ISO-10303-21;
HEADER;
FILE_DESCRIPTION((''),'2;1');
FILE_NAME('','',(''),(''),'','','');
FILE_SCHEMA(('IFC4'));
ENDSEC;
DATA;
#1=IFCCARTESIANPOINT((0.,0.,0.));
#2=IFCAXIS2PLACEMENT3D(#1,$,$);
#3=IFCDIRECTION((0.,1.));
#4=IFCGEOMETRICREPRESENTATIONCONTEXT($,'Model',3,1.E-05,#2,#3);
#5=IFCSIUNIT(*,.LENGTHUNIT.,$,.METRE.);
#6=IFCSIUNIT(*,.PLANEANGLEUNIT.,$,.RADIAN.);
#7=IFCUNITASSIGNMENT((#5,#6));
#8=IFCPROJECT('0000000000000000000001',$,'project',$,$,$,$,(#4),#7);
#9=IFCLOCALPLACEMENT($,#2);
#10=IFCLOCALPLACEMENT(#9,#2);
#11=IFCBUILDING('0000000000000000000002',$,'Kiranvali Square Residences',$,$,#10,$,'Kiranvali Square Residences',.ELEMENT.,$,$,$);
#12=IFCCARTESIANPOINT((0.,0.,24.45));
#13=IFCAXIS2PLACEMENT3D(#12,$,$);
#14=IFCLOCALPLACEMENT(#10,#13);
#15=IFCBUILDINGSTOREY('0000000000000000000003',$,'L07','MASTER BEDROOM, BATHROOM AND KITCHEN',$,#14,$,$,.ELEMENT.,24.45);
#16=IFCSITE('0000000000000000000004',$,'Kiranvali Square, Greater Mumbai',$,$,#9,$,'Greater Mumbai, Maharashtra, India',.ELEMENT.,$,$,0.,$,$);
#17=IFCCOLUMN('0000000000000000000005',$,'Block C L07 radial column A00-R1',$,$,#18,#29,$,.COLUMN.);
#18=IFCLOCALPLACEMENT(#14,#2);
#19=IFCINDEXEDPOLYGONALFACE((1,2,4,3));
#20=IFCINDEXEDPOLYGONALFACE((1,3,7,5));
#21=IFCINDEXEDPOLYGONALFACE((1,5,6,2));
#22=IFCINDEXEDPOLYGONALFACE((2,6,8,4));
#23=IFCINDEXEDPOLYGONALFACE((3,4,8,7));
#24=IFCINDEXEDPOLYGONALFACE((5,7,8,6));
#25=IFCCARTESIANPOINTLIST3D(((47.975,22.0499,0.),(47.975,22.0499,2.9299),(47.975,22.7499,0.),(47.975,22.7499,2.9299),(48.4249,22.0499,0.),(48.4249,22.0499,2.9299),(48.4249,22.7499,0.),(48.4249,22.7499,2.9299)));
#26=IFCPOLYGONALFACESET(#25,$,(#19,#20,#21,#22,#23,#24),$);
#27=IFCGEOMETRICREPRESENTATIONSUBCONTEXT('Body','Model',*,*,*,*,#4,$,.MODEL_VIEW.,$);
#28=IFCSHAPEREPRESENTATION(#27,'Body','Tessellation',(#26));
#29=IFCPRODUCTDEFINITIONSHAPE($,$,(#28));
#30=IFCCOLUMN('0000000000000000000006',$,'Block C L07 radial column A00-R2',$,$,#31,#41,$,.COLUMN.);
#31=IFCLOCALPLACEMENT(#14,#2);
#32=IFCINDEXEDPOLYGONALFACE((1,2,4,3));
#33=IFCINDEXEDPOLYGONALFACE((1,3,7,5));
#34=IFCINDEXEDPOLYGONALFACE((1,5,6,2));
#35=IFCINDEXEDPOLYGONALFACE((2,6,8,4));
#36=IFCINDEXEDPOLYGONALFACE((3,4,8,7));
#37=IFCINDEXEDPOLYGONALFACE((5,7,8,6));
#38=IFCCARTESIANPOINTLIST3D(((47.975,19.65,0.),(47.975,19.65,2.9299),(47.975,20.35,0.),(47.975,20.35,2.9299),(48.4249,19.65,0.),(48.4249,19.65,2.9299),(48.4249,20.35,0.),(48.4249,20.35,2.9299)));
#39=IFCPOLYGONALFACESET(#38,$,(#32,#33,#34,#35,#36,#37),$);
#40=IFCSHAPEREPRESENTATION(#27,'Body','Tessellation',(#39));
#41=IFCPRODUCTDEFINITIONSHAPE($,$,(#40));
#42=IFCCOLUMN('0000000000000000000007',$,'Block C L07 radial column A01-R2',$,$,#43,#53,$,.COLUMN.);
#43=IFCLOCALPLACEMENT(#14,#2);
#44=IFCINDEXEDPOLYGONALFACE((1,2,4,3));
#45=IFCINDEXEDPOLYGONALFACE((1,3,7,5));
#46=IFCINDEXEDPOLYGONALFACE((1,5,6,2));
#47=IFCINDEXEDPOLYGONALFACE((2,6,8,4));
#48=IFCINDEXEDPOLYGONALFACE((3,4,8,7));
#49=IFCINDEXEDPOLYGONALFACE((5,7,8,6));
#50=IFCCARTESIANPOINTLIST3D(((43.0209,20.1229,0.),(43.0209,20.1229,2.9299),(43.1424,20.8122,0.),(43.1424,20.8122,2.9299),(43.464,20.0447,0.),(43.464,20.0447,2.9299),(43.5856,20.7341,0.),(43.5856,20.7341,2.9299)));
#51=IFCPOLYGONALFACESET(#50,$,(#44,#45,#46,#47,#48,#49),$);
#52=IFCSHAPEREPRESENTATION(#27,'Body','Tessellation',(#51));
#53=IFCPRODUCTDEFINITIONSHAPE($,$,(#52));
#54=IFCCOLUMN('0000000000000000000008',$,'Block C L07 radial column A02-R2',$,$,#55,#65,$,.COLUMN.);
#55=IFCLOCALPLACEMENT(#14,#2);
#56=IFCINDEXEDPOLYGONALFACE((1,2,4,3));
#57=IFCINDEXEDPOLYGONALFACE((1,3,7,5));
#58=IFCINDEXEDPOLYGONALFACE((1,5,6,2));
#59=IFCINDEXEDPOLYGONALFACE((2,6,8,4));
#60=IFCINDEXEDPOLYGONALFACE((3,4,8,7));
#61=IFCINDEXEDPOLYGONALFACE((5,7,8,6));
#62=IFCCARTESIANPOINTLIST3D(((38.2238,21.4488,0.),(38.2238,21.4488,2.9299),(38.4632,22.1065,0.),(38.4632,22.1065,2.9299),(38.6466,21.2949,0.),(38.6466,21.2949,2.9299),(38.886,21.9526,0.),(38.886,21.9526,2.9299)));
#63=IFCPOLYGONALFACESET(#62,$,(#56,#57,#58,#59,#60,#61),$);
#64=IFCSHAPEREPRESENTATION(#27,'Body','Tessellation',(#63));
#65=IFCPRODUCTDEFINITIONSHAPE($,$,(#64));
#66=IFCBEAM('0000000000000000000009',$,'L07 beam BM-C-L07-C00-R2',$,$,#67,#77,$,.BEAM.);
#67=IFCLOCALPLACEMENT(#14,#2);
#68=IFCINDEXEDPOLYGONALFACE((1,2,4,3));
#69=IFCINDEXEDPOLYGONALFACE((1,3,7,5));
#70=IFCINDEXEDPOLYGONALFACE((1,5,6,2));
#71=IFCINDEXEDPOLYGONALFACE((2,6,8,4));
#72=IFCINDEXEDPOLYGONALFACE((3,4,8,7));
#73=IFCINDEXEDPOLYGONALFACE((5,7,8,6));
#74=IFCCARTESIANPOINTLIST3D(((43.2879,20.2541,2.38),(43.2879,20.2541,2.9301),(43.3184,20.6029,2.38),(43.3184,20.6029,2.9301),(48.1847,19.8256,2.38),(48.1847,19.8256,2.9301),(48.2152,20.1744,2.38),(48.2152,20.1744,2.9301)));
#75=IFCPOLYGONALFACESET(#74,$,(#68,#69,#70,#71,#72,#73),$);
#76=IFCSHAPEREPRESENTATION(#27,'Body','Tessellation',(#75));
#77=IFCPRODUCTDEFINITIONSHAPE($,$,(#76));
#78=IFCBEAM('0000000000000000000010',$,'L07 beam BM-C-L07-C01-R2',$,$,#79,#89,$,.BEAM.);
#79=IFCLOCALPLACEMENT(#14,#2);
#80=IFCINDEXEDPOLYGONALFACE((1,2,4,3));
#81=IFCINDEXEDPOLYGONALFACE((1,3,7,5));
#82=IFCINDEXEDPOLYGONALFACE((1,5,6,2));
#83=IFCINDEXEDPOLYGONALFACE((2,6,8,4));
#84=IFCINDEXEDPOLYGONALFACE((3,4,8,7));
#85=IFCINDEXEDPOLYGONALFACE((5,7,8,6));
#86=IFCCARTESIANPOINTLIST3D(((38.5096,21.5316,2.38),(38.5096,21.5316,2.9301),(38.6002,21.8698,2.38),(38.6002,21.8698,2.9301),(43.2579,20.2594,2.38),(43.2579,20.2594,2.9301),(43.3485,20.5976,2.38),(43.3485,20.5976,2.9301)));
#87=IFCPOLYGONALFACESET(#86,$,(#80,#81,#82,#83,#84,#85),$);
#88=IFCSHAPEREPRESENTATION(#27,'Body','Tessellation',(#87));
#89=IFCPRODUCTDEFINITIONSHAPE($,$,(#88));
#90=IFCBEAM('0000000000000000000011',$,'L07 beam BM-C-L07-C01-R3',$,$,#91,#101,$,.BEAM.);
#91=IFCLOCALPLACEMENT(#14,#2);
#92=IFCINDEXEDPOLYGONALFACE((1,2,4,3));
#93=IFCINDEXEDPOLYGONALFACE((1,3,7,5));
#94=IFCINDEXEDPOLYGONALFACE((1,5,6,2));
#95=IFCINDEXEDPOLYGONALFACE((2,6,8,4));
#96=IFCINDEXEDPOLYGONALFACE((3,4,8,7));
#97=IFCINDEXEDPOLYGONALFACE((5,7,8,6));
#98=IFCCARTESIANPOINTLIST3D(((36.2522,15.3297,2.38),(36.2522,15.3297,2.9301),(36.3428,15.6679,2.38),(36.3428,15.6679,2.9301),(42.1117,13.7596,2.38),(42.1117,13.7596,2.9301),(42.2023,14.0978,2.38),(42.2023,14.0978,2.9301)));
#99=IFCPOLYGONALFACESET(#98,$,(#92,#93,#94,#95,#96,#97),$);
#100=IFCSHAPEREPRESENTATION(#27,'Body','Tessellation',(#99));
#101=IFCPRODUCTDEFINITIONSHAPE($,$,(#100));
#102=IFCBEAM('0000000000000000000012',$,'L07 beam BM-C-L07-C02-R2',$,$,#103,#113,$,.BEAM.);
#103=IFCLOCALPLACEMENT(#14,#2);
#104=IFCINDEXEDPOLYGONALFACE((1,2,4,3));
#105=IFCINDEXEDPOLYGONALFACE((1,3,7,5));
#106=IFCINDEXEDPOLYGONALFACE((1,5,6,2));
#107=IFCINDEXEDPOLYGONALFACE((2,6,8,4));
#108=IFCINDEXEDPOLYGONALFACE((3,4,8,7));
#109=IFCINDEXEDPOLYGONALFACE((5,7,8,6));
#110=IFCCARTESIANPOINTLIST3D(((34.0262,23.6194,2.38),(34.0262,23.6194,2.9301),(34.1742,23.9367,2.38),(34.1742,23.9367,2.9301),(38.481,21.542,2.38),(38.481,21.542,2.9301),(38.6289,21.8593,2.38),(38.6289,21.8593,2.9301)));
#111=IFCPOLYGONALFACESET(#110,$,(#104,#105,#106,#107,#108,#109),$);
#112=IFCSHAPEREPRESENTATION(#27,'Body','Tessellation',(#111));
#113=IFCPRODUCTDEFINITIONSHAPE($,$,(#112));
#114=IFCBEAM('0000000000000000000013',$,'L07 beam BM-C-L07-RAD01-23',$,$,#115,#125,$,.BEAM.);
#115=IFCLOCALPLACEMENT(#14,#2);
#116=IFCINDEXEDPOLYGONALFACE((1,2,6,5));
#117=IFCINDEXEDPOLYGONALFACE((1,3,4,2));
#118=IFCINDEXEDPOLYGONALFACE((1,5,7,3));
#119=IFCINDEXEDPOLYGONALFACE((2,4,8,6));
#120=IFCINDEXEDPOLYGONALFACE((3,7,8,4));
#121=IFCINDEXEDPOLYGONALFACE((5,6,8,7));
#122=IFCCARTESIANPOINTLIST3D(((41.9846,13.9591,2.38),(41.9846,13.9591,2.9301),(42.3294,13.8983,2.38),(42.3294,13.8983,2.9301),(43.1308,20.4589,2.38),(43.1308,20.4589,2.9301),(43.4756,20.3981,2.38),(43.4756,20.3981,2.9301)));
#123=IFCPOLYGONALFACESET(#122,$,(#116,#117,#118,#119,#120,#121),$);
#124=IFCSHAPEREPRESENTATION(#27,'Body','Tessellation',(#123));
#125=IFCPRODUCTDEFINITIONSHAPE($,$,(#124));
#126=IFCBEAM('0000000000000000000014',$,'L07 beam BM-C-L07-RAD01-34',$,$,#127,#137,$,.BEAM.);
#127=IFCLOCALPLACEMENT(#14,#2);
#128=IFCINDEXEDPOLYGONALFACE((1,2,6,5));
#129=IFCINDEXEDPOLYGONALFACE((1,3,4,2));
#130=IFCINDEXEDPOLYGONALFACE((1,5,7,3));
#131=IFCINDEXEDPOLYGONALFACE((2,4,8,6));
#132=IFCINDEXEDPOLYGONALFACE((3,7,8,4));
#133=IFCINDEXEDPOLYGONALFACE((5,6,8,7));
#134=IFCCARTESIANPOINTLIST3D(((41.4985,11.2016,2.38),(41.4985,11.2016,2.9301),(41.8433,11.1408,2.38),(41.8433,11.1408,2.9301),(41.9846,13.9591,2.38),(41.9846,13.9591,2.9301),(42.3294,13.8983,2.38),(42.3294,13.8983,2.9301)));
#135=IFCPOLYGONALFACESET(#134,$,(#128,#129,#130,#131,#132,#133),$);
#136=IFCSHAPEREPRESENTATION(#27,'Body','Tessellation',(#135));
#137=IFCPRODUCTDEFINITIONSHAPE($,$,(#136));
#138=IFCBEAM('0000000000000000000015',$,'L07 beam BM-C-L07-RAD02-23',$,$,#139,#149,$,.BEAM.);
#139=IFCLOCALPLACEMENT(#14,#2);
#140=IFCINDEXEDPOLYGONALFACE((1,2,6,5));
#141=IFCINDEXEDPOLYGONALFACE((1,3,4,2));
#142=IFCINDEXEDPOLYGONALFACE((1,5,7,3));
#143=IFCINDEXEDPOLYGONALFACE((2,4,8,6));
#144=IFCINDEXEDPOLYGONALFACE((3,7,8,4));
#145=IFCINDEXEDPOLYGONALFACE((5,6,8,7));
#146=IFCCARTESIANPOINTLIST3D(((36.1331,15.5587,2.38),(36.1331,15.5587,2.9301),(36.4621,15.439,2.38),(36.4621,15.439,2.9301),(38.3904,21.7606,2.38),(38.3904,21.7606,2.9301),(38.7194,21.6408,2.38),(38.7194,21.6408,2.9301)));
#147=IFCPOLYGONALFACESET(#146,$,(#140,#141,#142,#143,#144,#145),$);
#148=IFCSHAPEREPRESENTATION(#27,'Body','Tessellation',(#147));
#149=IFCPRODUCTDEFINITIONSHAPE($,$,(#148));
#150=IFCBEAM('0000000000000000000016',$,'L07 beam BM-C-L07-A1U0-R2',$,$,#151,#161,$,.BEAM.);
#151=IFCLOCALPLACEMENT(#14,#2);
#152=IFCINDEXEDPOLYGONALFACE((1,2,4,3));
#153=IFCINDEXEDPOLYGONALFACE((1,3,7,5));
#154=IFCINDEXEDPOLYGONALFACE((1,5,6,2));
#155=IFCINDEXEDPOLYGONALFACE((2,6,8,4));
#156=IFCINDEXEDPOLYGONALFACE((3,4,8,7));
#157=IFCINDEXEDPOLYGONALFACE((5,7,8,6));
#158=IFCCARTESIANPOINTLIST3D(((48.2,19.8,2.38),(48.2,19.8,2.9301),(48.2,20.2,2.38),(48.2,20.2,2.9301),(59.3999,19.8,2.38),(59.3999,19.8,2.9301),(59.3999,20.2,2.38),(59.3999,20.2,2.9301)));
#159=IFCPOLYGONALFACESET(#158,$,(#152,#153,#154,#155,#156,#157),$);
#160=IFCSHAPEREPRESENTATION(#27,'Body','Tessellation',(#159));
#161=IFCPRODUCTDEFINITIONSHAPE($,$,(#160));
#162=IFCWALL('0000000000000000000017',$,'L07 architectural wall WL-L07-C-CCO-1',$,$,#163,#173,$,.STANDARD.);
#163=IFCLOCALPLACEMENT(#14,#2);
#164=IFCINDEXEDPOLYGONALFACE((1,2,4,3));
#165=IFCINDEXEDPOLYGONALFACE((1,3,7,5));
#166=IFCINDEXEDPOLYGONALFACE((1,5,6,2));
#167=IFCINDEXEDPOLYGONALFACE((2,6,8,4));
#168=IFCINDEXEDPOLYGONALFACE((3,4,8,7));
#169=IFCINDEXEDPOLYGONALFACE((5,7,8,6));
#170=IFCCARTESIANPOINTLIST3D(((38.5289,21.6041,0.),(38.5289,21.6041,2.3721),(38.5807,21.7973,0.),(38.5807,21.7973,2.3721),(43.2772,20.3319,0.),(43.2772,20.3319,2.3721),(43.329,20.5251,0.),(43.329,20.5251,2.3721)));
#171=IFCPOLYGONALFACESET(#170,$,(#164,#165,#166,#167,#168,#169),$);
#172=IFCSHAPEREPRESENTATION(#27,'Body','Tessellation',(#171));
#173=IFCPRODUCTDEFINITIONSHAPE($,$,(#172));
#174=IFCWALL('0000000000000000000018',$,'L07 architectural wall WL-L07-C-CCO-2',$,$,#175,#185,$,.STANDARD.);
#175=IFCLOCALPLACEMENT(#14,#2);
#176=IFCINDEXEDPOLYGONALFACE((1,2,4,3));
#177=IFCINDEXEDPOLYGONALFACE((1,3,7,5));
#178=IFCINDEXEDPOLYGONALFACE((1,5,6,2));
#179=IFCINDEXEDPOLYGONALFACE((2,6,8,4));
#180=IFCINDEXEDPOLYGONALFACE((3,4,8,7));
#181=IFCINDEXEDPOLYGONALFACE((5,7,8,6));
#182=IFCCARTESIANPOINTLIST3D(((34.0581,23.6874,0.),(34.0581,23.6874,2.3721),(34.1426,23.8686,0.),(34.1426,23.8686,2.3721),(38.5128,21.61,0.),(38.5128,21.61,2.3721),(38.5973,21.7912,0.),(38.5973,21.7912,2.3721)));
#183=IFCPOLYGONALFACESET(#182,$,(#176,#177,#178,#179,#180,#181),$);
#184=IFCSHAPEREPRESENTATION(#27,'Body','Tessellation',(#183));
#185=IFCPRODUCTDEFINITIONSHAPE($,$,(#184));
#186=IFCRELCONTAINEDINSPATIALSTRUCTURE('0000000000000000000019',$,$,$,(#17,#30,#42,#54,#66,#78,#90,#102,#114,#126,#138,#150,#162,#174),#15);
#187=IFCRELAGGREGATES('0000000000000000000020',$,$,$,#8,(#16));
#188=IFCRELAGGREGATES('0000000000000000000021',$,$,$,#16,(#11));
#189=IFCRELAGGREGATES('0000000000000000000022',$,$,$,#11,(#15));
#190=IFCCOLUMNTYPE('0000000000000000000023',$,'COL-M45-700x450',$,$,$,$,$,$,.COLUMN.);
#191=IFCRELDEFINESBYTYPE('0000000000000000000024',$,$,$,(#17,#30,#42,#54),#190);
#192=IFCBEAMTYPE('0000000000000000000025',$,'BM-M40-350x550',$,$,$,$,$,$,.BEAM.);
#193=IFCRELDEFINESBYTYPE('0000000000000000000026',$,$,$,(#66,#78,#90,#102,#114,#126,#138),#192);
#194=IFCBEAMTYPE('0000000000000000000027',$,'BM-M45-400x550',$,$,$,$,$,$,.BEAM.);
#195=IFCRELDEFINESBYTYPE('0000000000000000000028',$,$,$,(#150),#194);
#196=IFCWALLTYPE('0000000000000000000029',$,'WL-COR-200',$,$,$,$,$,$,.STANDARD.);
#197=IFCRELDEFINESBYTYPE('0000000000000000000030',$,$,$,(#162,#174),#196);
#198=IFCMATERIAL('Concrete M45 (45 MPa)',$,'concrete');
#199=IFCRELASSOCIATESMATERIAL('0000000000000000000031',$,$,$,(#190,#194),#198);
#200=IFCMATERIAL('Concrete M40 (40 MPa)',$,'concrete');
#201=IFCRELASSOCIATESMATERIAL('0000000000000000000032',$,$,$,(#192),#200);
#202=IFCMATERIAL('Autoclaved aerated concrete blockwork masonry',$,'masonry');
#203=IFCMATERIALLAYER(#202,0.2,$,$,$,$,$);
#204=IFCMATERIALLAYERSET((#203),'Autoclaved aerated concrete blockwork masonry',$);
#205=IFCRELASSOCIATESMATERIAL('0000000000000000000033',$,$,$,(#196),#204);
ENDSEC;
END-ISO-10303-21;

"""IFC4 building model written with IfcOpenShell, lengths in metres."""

from ifc_helpers import new_model, si_unit, direction, frame, frame_2d, origin, origin_2d, place, context, subcontext, project, spatial, rectangle, extrude, material, layer, layer_set, material_profile, profile_set, type_object, element, save


model = new_model("IFC4")

# Units and contexts
model_context = context("Model", 3, precision=1e-05, world=origin(), true_north=direction((0.0, 1.0)))
body_context = subcontext(model_context, "Body", "Model", "MODEL_VIEW")
ifc_project = project(units=[si_unit("LENGTHUNIT", "METRE"), si_unit("PLANEANGLEUNIT", "RADIAN")], contexts=[model_context])

# Site, building, storey
site_placement = place(None, origin())
site = spatial("IfcSite", under=ifc_project, at=site_placement, Name="Kiranvali Square, Greater Mumbai", LongName="Greater Mumbai, Maharashtra, India", CompositionType="ELEMENT", RefElevation=0.0)
building_placement = place(site_placement, origin())
building = spatial("IfcBuilding", under=site, at=building_placement, Name="Kiranvali Square Residences", LongName="Kiranvali Square Residences", CompositionType="ELEMENT")
storey_placement = place(building_placement, frame((0.0, 0.0, 24.45)))
storey = spatial("IfcBuildingStorey", under=building, at=storey_placement, Name="L07", Description="MASTER BEDROOM, BATHROOM AND KITCHEN", CompositionType="ELEMENT", Elevation=24.45)

# Columns
ifc_material_1 = material(Name="Concrete M45 (45 MPa)", Category="concrete")
ifc_material_profile_1 = material_profile(ifc_material_1, rectangle(XDim=0.45, YDim=0.7, at=origin_2d()), Name="RC 700x450")
ifc_profile_set_1 = profile_set([ifc_material_profile_1], Name="Concrete M45 (45 MPa)")
column_type = type_object("IfcColumnType", Name="COL-M45-700x450", PredefinedType="COLUMN", material=ifc_profile_set_1)
for number, where, z_axis, x_axis, name in (
    (1, (48.2, 22.3999, 0.0), (0.0, 0.0, 1.0), (1.0, 0.0, 0.0), "Block C L07 radial column A00-R1"),
    (2, (48.2, 20.0, 0.0), (0.0, 0.0, 1.0), (1.0, 0.0, 0.0), "Block C L07 radial column A00-R2"),
    (3, (43.3032, 20.4285, 0.0), (0.0, 0.0, 1.0), (-0.984808, 0.173648, 0.0), "Block C L07 radial column A01-R2"),
    (4, (38.5549, 21.7007, 0.0), (0.0, 0.0, 1.0), (-0.939693, 0.34202, 0.0), "Block C L07 radial column A02-R2"),
):
    element("IfcColumn", number, at=place(storey_placement, frame(where, z_axis=z_axis, x_axis=x_axis)), inside=storey, type_object=column_type, Name=name, PredefinedType="COLUMN", context=body_context, shape_type="SweptSolid", body=[
        extrude(rectangle(XDim=0.45, YDim=0.7, at=origin_2d()), origin(), (0.0, 0.0, 1.0), 2.9299),
    ])

# Beams
ifc_material_2 = material(Name="Concrete M40 (40 MPa)", Category="concrete")
ifc_material_profile_2 = material_profile(ifc_material_2, rectangle(XDim=0.3501, YDim=0.55, at=origin_2d()), Name="RC 350x550")
ifc_profile_set_2 = profile_set([ifc_material_profile_2], Name="Concrete M40 (40 MPa)")
beam_type_1 = type_object("IfcBeamType", Name="BM-M40-350x550", PredefinedType="BEAM", material=ifc_profile_set_2)
beam_1_placement = place(storey_placement, frame((48.2, 20.0, 2.655), z_axis=(-0.996194, 0.087168, 0.0), x_axis=(-0.087168, -0.996194, 0.0)))
element("IfcBeam", 5, at=beam_1_placement, inside=storey, type_object=beam_type_1, Name="L07 beam BM-C-L07-C00-R2", PredefinedType="BEAM", context=body_context, shape_type="SweptSolid", body=[
    extrude(rectangle(XDim=0.3501, YDim=0.55, at=origin_2d()), origin(), (0.0, 0.0, 1.0), 4.9155),
])
beam_2_placement = place(storey_placement, frame((43.3032, 20.4285, 2.655), z_axis=(-0.96593, 0.258803, 0.0), x_axis=(-0.258803, -0.96593, 0.0)))
element("IfcBeam", 6, at=beam_2_placement, inside=storey, type_object=beam_type_1, Name="L07 beam BM-C-L07-C01-R2", PredefinedType="BEAM", context=body_context, shape_type="SweptSolid", body=[
    extrude(rectangle(XDim=0.3501, YDim=0.55, at=origin_2d()), origin(), (0.0, 0.0, 1.0), 4.9158),
])
beam_3_placement = place(storey_placement, frame((42.157, 13.9287, 2.655), z_axis=(-0.965924, 0.258827, 0.0), x_axis=(-0.258827, -0.965924, 0.0)))
element("IfcBeam", 7, at=beam_3_placement, inside=storey, type_object=beam_type_1, Name="L07 beam BM-C-L07-C01-R3", PredefinedType="BEAM", context=body_context, shape_type="SweptSolid", body=[
    extrude(rectangle(XDim=0.3501, YDim=0.55, at=origin_2d()), origin(), (0.0, 0.0, 1.0), 6.0662),
])
beam_4_placement = place(storey_placement, frame((38.5549, 21.7007, 2.655), z_axis=(-0.906302, 0.42263, 0.0), x_axis=(-0.42263, -0.906302, 0.0)))
element("IfcBeam", 8, at=beam_4_placement, inside=storey, type_object=beam_type_1, Name="L07 beam BM-C-L07-C02-R2", PredefinedType="BEAM", context=body_context, shape_type="SweptSolid", body=[
    extrude(rectangle(XDim=0.3501, YDim=0.55, at=origin_2d()), origin(), (0.0, 0.0, 1.0), 4.9153),
])
beam_5_placement = place(storey_placement, frame((43.3032, 20.4285, 2.655), z_axis=(-0.173671, -0.984804, 0.0), x_axis=(0.984804, -0.173671, 0.0)))
element("IfcBeam", 9, at=beam_5_placement, inside=storey, type_object=beam_type_1, Name="L07 beam BM-C-L07-RAD01-23", PredefinedType="BEAM", context=body_context, shape_type="SweptSolid", body=[
    extrude(rectangle(XDim=0.3501, YDim=0.55, at=origin_2d()), origin(), (0.0, 0.0, 1.0), 6.6001),
])
beam_6_placement = place(storey_placement, frame((42.157, 13.9287, 2.655), z_axis=(-0.173596, -0.984817, 0.0), x_axis=(0.984817, -0.173596, 0.0)))
element("IfcBeam", 10, at=beam_6_placement, inside=storey, type_object=beam_type_1, Name="L07 beam BM-C-L07-RAD01-34", PredefinedType="BEAM", context=body_context, shape_type="SweptSolid", body=[
    extrude(rectangle(XDim=0.3501, YDim=0.55, at=origin_2d()), origin(), (0.0, 0.0, 1.0), 2.8),
])
beam_7_placement = place(storey_placement, frame((38.5549, 21.7007, 2.655), z_axis=(-0.342022, -0.939692, 0.0), x_axis=(0.939692, -0.342022, 0.0)))
element("IfcBeam", 11, at=beam_7_placement, inside=storey, type_object=beam_type_1, Name="L07 beam BM-C-L07-RAD02-23", PredefinedType="BEAM", context=body_context, shape_type="SweptSolid", body=[
    extrude(rectangle(XDim=0.3501, YDim=0.55, at=origin_2d()), origin(), (0.0, 0.0, 1.0), 6.5999),
])
ifc_material_profile_3 = material_profile(ifc_material_1, rectangle(XDim=0.3999, YDim=0.55, at=origin_2d()), Name="RC 400x550")
ifc_profile_set_3 = profile_set([ifc_material_profile_3], Name="Concrete M45 (45 MPa)")
beam_type_2 = type_object("IfcBeamType", Name="BM-M45-400x550", PredefinedType="BEAM", material=ifc_profile_set_3)
beam_8_placement = place(storey_placement, frame((48.2, 20.0, 2.655), z_axis=(1.0, 0.0, 0.0), x_axis=(0.0, 1.0, 0.0)))
element("IfcBeam", 12, at=beam_8_placement, inside=storey, type_object=beam_type_2, Name="L07 beam BM-C-L07-A1U0-R2", PredefinedType="BEAM", context=body_context, shape_type="SweptSolid", body=[
    extrude(rectangle(XDim=0.3999, YDim=0.55, at=origin_2d()), origin(), (0.0, 0.0, 1.0), 11.2),
])

# Shared definitions
ifc_material_3 = material(Name="Autoclaved aerated concrete blockwork masonry", Category="masonry")
ifc_layer_1 = layer(ifc_material_3, 0.2)
ifc_layer_set_1 = layer_set([ifc_layer_1], Name="Autoclaved aerated concrete blockwork masonry")
wall_type_1 = type_object("IfcWallType", Name="WL-COR-200", PredefinedType="STANDARD", material=ifc_layer_set_1)

# Walls
wall_1_placement = place(storey_placement, frame((43.3032, 20.4285, 0.0), z_axis=(0.0, 0.0, 1.0), x_axis=(-0.96593, 0.258803, 0.0)))
element("IfcWall", 13, at=wall_1_placement, inside=storey, type_object=wall_type_1, Name="L07 architectural wall WL-L07-C-CCO-1", PredefinedType="STANDARD", context=body_context, shape_type="SweptSolid", body=[
    extrude(rectangle(XDim=4.9158, YDim=0.2, at=frame_2d((2.458, 0.0))), origin(), (0.0, 0.0, 1.0), 2.3721),
])
wall_2_placement = place(storey_placement, frame((38.5549, 21.7007, 0.0), z_axis=(0.0, 0.0, 1.0), x_axis=(-0.906302, 0.42263, 0.0)))
element("IfcWall", 14, at=wall_2_placement, inside=storey, type_object=wall_type_1, Name="L07 architectural wall WL-L07-C-CCO-2", PredefinedType="STANDARD", context=body_context, shape_type="SweptSolid", body=[
    extrude(rectangle(XDim=4.9153, YDim=0.2, at=frame_2d((2.4575, 0.0))), origin(), (0.0, 0.0, 1.0), 2.3721),
])

save(model, "model.ifc")
